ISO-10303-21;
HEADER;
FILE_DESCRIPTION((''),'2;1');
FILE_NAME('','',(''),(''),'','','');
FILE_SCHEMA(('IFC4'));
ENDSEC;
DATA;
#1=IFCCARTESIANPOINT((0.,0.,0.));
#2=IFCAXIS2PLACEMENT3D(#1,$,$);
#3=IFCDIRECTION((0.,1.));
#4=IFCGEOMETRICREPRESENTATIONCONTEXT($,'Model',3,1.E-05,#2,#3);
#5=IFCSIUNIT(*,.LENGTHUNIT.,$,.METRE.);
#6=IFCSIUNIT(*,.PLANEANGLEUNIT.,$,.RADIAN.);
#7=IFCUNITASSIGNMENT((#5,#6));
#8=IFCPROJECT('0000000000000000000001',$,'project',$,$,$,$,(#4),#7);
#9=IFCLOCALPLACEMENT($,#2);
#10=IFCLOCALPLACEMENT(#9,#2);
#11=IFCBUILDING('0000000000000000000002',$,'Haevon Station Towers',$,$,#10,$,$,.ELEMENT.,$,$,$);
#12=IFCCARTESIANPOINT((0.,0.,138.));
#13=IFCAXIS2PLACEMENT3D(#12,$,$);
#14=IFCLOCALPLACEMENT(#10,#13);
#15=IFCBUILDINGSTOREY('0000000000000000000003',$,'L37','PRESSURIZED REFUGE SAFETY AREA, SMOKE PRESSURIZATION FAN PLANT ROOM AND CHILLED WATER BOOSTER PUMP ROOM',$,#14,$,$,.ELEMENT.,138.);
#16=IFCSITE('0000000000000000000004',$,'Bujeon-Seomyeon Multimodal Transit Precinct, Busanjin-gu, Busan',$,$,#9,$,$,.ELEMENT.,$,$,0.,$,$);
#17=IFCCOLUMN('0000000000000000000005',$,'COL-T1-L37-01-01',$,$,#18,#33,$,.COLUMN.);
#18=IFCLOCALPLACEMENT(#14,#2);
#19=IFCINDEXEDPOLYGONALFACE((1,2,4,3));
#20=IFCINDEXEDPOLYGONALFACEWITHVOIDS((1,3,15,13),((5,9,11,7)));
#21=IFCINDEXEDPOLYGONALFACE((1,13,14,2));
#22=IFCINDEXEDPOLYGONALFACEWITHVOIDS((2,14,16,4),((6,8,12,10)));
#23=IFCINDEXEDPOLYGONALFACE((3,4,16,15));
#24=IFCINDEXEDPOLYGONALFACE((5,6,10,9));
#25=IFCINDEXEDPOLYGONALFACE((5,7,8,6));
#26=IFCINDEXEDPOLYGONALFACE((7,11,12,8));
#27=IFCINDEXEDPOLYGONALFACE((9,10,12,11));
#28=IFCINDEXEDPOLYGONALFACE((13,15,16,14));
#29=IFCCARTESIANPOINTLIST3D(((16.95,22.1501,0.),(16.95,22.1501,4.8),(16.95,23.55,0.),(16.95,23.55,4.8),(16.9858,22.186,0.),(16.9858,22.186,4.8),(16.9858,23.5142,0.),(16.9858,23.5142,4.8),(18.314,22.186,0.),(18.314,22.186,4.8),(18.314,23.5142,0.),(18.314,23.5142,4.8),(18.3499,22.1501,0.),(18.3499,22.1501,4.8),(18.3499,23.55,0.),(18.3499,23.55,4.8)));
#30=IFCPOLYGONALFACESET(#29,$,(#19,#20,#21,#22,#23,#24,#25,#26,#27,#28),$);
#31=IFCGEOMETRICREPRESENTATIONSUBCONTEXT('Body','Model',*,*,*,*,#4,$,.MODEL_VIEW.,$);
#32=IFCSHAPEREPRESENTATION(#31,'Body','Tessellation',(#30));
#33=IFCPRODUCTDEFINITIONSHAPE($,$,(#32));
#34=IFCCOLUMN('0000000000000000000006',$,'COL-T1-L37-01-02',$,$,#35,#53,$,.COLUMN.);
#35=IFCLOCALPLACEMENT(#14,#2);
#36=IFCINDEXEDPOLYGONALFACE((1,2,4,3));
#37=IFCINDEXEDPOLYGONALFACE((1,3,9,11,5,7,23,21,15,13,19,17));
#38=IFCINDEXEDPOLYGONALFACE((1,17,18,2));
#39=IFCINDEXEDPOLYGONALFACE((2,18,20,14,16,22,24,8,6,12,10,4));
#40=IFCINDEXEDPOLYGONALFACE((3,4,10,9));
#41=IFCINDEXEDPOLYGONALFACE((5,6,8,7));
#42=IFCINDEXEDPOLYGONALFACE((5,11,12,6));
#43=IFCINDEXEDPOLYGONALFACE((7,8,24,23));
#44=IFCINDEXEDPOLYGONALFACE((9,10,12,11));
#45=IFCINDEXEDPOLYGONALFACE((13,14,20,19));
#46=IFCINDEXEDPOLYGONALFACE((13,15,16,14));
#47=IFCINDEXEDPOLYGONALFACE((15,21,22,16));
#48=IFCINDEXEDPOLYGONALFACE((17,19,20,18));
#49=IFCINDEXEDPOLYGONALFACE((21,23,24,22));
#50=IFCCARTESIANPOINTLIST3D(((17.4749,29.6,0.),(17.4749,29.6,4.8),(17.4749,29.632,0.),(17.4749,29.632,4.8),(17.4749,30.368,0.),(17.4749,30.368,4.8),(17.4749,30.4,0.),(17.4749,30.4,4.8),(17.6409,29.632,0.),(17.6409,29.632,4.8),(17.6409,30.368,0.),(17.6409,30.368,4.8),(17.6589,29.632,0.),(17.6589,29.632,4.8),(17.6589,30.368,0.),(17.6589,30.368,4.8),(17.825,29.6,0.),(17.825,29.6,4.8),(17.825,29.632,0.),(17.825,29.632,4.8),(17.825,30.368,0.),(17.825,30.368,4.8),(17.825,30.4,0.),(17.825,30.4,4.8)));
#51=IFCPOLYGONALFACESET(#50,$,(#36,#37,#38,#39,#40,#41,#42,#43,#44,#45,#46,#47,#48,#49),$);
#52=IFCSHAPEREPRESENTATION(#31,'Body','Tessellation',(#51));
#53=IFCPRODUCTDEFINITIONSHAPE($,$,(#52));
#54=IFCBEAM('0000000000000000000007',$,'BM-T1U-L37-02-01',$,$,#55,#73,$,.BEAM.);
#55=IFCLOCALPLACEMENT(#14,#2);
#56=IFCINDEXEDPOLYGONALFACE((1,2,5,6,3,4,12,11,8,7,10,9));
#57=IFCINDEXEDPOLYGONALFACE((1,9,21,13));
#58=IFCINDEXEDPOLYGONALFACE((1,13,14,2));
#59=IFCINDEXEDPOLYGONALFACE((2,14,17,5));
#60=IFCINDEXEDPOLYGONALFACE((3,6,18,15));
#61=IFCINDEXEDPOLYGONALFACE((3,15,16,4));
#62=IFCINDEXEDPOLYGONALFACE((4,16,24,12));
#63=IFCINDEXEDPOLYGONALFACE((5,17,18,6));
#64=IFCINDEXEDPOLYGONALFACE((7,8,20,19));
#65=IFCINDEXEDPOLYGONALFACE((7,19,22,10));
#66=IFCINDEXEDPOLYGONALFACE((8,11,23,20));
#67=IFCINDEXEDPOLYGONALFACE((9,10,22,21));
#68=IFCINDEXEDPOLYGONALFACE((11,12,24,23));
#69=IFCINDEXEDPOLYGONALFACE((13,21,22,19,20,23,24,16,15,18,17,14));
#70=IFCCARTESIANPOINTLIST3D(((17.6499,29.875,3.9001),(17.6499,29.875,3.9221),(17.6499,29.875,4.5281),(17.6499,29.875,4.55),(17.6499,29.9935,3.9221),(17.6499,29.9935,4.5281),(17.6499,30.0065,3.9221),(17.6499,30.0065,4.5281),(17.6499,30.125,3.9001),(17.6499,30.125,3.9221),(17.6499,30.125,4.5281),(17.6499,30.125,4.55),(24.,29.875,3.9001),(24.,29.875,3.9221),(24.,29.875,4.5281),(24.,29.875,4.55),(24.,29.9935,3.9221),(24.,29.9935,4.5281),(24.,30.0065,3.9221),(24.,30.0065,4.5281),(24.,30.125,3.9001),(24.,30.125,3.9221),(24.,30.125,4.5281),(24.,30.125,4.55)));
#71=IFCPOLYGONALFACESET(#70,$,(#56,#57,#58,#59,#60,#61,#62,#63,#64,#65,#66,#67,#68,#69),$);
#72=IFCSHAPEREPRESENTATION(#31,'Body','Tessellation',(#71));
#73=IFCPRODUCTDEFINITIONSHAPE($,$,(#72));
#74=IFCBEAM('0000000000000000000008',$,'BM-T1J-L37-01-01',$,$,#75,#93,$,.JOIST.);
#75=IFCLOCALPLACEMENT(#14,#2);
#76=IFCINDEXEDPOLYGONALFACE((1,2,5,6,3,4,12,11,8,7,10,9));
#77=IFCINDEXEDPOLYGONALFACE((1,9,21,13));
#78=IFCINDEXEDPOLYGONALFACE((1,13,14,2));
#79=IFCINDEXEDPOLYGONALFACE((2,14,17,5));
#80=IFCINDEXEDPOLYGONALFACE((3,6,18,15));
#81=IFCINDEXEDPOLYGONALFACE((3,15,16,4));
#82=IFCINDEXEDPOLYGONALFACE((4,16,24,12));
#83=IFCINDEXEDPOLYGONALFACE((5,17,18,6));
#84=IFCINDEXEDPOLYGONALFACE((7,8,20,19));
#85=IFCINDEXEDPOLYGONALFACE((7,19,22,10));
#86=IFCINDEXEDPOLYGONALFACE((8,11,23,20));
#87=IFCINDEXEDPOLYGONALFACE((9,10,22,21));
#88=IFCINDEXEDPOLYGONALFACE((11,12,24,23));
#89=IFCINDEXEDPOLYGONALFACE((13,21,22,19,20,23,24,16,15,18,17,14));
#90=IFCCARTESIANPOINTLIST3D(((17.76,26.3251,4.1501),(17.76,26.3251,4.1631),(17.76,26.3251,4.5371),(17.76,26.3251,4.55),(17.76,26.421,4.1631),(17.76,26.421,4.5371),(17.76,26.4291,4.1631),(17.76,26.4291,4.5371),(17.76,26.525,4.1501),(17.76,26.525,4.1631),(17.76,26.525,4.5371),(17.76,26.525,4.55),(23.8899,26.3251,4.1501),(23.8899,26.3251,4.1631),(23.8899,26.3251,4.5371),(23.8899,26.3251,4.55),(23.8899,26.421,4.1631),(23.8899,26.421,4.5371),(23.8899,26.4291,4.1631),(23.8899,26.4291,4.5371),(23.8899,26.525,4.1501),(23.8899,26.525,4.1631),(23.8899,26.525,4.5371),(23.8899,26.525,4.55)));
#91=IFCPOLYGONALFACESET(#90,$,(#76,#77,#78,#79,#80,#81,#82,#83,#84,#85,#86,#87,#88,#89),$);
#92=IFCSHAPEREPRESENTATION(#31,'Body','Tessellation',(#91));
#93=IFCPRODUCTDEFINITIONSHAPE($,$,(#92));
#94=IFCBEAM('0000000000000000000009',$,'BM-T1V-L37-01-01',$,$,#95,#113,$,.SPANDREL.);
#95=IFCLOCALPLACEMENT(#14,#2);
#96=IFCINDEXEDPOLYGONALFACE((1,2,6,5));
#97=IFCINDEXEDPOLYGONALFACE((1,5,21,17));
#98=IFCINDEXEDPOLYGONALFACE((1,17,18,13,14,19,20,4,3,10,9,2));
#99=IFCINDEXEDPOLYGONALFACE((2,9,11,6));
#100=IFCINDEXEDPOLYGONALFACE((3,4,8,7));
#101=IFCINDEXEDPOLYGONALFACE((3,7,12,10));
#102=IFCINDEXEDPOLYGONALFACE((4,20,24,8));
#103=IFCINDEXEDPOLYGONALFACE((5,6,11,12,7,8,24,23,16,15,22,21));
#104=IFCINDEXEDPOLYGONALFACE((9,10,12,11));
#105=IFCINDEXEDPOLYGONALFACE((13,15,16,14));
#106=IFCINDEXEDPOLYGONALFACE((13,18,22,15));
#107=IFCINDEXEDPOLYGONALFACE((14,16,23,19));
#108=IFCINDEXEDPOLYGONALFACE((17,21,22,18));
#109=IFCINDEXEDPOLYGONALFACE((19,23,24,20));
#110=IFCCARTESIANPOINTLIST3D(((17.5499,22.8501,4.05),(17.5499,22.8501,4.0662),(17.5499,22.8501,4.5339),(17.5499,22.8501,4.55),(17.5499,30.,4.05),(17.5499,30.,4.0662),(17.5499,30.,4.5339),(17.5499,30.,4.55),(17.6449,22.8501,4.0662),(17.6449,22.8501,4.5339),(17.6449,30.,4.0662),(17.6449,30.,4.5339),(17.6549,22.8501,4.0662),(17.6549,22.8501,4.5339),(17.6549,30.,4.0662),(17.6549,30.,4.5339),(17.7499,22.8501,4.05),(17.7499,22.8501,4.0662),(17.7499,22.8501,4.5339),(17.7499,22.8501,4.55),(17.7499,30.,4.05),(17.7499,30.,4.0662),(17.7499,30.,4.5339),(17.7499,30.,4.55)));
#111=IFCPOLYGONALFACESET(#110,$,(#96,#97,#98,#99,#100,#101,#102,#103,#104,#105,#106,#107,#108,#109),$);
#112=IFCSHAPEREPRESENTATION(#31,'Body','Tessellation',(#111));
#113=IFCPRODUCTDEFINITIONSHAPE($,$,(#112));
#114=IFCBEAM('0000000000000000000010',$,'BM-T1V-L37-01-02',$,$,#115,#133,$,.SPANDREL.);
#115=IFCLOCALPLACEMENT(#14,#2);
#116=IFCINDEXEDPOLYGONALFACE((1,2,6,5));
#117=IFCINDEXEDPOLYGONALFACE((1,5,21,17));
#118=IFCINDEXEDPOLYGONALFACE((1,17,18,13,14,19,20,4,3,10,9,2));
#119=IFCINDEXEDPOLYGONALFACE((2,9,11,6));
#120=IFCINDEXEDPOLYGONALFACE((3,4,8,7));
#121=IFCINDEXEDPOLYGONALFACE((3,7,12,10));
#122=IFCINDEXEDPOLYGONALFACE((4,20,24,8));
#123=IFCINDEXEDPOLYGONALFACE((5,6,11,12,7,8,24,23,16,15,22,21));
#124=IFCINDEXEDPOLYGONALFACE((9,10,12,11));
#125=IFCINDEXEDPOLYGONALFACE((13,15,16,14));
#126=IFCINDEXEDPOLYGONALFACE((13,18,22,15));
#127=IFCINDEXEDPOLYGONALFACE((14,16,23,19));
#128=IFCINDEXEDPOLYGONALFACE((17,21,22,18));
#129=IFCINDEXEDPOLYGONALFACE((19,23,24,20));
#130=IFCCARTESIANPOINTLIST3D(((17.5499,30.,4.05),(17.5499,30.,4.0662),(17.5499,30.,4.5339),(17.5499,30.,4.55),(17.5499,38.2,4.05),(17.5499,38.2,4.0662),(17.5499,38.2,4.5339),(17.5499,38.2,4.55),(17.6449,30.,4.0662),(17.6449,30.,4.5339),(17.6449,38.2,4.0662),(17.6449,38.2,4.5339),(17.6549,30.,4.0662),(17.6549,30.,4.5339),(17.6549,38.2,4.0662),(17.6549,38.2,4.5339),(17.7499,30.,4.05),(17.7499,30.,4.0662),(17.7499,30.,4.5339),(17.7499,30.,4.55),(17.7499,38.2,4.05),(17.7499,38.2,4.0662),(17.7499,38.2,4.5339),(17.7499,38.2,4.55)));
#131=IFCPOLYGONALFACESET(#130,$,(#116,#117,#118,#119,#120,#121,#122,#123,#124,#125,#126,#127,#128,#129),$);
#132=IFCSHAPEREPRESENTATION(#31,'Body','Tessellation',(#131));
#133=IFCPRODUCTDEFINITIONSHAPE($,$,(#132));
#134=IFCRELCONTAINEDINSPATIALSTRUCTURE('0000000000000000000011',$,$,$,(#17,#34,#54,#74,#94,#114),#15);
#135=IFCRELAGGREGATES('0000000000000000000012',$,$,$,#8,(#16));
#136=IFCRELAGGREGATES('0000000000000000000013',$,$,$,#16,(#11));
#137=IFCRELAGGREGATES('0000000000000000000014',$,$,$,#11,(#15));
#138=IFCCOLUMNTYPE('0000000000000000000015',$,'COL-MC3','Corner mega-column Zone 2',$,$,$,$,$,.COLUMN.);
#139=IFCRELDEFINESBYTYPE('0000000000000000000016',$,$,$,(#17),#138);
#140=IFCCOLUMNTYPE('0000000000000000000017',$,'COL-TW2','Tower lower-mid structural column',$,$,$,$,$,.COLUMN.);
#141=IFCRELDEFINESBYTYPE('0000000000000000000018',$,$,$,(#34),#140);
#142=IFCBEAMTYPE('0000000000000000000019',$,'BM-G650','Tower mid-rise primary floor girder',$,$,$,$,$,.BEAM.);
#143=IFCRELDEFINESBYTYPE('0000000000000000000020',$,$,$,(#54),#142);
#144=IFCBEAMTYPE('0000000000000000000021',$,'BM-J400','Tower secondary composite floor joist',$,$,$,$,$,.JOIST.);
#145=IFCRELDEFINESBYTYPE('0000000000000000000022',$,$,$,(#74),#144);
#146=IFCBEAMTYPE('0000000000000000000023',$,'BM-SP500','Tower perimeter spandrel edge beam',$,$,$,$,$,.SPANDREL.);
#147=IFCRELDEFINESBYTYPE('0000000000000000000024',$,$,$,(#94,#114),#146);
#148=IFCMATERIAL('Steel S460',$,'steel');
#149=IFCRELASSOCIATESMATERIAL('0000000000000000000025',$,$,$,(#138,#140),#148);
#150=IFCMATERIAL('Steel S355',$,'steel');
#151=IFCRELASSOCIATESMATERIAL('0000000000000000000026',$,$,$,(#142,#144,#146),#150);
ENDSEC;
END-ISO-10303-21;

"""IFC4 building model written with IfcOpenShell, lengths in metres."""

from ifc_helpers import new_model, si_unit, direction, frame, origin, origin_2d, place, context, subcontext, project, spatial, hollow_rectangle, i_section, extrude, material, material_profile, profile_set, type_object, element, save


model = new_model("IFC4")

# Units and contexts
model_context = context("Model", 3, precision=1e-05, world=origin(), true_north=direction((0.0, 1.0)))
body_context = subcontext(model_context, "Body", "Model", "MODEL_VIEW")
ifc_project = project(units=[si_unit("LENGTHUNIT", "METRE"), si_unit("PLANEANGLEUNIT", "RADIAN")], contexts=[model_context])

# Site, building, storey
site_placement = place(None, origin())
site = spatial("IfcSite", under=ifc_project, at=site_placement, Name="Bujeon-Seomyeon Multimodal Transit Precinct, Busanjin-gu, Busan", CompositionType="ELEMENT", RefElevation=0.0)
building_placement = place(site_placement, origin())
building = spatial("IfcBuilding", under=site, at=building_placement, Name="Haevon Station Towers", CompositionType="ELEMENT")
storey_placement = place(building_placement, frame((0.0, 0.0, 138.0)))
storey = spatial("IfcBuildingStorey", under=building, at=storey_placement, Name="L37", Description="PRESSURIZED REFUGE SAFETY AREA, SMOKE PRESSURIZATION FAN PLANT ROOM AND CHILLED WATER BOOSTER PUMP ROOM", CompositionType="ELEMENT", Elevation=138.0)

# Columns
ifc_material_1 = material(Name="Steel S460", Category="steel")
ifc_material_profile_1 = material_profile(ifc_material_1, hollow_rectangle(XDim=1.3999, YDim=1.3999, WallThickness=0.0359, at=origin_2d()), Name="BOX-1400x1400x36")
ifc_profile_set_1 = profile_set([ifc_material_profile_1], Name="Steel S460")
column_type_1 = type_object("IfcColumnType", Name="COL-MC3", Description="Corner mega-column Zone 2", PredefinedType="COLUMN", material=ifc_profile_set_1)
column_1_placement = place(storey_placement, frame((17.6499, 22.8501, 0.0), z_axis=(0.0, 0.0, 1.0), x_axis=(1.0, 0.0, 0.0)))
element("IfcColumn", 1, at=column_1_placement, inside=storey, type_object=column_type_1, Name="COL-T1-L37-01-01", PredefinedType="COLUMN", context=body_context, shape_type="SweptSolid", body=[
    extrude(hollow_rectangle(XDim=1.3999, YDim=1.3999, WallThickness=0.0359, at=origin_2d()), origin(), (0.0, 0.0, 1.0), 4.8),
])
ifc_material_profile_2 = material_profile(ifc_material_1, i_section(OverallWidth=0.3501, OverallDepth=0.8, WebThickness=0.0181, FlangeThickness=0.032, at=origin_2d()), Name="H-800x350x18x32")
ifc_profile_set_2 = profile_set([ifc_material_profile_2], Name="Steel S460")
column_type_2 = type_object("IfcColumnType", Name="COL-TW2", Description="Tower lower-mid structural column", PredefinedType="COLUMN", material=ifc_profile_set_2)
column_2_placement = place(storey_placement, frame((17.6499, 30.0, 0.0), z_axis=(0.0, 0.0, 1.0), x_axis=(1.0, 0.0, 0.0)))
element("IfcColumn", 2, at=column_2_placement, inside=storey, type_object=column_type_2, Name="COL-T1-L37-01-02", PredefinedType="COLUMN", context=body_context, shape_type="SweptSolid", body=[
    extrude(i_section(OverallWidth=0.3501, OverallDepth=0.8, WebThickness=0.0181, FlangeThickness=0.032, at=origin_2d()), origin(), (0.0, 0.0, 1.0), 4.8),
])

# Beams
ifc_material_2 = material(Name="Steel S355", Category="steel")
ifc_material_profile_3 = material_profile(ifc_material_2, i_section(OverallWidth=0.25, OverallDepth=0.6499, WebThickness=0.0129, FlangeThickness=0.022, at=origin_2d()), Name="H-650x250x13x22")
ifc_profile_set_3 = profile_set([ifc_material_profile_3], Name="Steel S355")
beam_type_1 = type_object("IfcBeamType", Name="BM-G650", Description="Tower mid-rise primary floor girder", PredefinedType="BEAM", material=ifc_profile_set_3)
beam_1_placement = place(storey_placement, frame((17.6499, 30.0, 4.2251), z_axis=(1.0, 0.0, 0.0), x_axis=(0.0, 1.0, 0.0)))
element("IfcBeam", 3, at=beam_1_placement, inside=storey, type_object=beam_type_1, Name="BM-T1U-L37-02-01", PredefinedType="BEAM", context=body_context, shape_type="SweptSolid", body=[
    extrude(i_section(OverallWidth=0.25, OverallDepth=0.6499, WebThickness=0.0129, FlangeThickness=0.022, at=origin_2d()), origin(), (0.0, 0.0, 1.0), 6.3501),
])
ifc_material_profile_4 = material_profile(ifc_material_2, i_section(OverallWidth=0.2, OverallDepth=0.3999, WebThickness=0.0081, FlangeThickness=0.0129, at=origin_2d()), Name="H-400x200x8x13")
ifc_profile_set_4 = profile_set([ifc_material_profile_4], Name="Steel S355")
beam_type_2 = type_object("IfcBeamType", Name="BM-J400", Description="Tower secondary composite floor joist", PredefinedType="JOIST", material=ifc_profile_set_4)
beam_2_placement = place(storey_placement, frame((17.76, 26.425, 4.3501), z_axis=(1.0, 0.0, 0.0), x_axis=(0.0, 1.0, 0.0)))
element("IfcBeam", 4, at=beam_2_placement, inside=storey, type_object=beam_type_2, Name="BM-T1J-L37-01-01", PredefinedType="JOIST", context=body_context, shape_type="SweptSolid", body=[
    extrude(i_section(OverallWidth=0.2, OverallDepth=0.3999, WebThickness=0.0081, FlangeThickness=0.0129, at=origin_2d()), origin(), (0.0, 0.0, 1.0), 6.1299),
])
ifc_material_profile_5 = material_profile(ifc_material_2, i_section(OverallWidth=0.2, OverallDepth=0.5, WebThickness=0.01, FlangeThickness=0.0161, at=origin_2d()), Name="H-500x200x10x16")
ifc_profile_set_5 = profile_set([ifc_material_profile_5], Name="Steel S355")
beam_type_3 = type_object("IfcBeamType", Name="BM-SP500", Description="Tower perimeter spandrel edge beam", PredefinedType="SPANDREL", material=ifc_profile_set_5)
beam_3_placement = place(storey_placement, frame((17.6499, 22.8501, 4.3), z_axis=(0.0, 1.0, 0.0), x_axis=(-1.0, 0.0, 0.0)))
element("IfcBeam", 5, at=beam_3_placement, inside=storey, type_object=beam_type_3, Name="BM-T1V-L37-01-01", PredefinedType="SPANDREL", context=body_context, shape_type="SweptSolid", body=[
    extrude(i_section(OverallWidth=0.2, OverallDepth=0.5, WebThickness=0.01, FlangeThickness=0.0161, at=origin_2d()), origin(), (0.0, 0.0, 1.0), 7.1499),
])
beam_4_placement = place(storey_placement, frame((17.6499, 30.0, 4.3), z_axis=(0.0, 1.0, 0.0), x_axis=(-1.0, 0.0, 0.0)))
element("IfcBeam", 6, at=beam_4_placement, inside=storey, type_object=beam_type_3, Name="BM-T1V-L37-01-02", PredefinedType="SPANDREL", context=body_context, shape_type="SweptSolid", body=[
    extrude(i_section(OverallWidth=0.2, OverallDepth=0.5, WebThickness=0.01, FlangeThickness=0.0161, at=origin_2d()), origin(), (0.0, 0.0, 1.0), 8.2),
])

save(model, "model.ifc")
